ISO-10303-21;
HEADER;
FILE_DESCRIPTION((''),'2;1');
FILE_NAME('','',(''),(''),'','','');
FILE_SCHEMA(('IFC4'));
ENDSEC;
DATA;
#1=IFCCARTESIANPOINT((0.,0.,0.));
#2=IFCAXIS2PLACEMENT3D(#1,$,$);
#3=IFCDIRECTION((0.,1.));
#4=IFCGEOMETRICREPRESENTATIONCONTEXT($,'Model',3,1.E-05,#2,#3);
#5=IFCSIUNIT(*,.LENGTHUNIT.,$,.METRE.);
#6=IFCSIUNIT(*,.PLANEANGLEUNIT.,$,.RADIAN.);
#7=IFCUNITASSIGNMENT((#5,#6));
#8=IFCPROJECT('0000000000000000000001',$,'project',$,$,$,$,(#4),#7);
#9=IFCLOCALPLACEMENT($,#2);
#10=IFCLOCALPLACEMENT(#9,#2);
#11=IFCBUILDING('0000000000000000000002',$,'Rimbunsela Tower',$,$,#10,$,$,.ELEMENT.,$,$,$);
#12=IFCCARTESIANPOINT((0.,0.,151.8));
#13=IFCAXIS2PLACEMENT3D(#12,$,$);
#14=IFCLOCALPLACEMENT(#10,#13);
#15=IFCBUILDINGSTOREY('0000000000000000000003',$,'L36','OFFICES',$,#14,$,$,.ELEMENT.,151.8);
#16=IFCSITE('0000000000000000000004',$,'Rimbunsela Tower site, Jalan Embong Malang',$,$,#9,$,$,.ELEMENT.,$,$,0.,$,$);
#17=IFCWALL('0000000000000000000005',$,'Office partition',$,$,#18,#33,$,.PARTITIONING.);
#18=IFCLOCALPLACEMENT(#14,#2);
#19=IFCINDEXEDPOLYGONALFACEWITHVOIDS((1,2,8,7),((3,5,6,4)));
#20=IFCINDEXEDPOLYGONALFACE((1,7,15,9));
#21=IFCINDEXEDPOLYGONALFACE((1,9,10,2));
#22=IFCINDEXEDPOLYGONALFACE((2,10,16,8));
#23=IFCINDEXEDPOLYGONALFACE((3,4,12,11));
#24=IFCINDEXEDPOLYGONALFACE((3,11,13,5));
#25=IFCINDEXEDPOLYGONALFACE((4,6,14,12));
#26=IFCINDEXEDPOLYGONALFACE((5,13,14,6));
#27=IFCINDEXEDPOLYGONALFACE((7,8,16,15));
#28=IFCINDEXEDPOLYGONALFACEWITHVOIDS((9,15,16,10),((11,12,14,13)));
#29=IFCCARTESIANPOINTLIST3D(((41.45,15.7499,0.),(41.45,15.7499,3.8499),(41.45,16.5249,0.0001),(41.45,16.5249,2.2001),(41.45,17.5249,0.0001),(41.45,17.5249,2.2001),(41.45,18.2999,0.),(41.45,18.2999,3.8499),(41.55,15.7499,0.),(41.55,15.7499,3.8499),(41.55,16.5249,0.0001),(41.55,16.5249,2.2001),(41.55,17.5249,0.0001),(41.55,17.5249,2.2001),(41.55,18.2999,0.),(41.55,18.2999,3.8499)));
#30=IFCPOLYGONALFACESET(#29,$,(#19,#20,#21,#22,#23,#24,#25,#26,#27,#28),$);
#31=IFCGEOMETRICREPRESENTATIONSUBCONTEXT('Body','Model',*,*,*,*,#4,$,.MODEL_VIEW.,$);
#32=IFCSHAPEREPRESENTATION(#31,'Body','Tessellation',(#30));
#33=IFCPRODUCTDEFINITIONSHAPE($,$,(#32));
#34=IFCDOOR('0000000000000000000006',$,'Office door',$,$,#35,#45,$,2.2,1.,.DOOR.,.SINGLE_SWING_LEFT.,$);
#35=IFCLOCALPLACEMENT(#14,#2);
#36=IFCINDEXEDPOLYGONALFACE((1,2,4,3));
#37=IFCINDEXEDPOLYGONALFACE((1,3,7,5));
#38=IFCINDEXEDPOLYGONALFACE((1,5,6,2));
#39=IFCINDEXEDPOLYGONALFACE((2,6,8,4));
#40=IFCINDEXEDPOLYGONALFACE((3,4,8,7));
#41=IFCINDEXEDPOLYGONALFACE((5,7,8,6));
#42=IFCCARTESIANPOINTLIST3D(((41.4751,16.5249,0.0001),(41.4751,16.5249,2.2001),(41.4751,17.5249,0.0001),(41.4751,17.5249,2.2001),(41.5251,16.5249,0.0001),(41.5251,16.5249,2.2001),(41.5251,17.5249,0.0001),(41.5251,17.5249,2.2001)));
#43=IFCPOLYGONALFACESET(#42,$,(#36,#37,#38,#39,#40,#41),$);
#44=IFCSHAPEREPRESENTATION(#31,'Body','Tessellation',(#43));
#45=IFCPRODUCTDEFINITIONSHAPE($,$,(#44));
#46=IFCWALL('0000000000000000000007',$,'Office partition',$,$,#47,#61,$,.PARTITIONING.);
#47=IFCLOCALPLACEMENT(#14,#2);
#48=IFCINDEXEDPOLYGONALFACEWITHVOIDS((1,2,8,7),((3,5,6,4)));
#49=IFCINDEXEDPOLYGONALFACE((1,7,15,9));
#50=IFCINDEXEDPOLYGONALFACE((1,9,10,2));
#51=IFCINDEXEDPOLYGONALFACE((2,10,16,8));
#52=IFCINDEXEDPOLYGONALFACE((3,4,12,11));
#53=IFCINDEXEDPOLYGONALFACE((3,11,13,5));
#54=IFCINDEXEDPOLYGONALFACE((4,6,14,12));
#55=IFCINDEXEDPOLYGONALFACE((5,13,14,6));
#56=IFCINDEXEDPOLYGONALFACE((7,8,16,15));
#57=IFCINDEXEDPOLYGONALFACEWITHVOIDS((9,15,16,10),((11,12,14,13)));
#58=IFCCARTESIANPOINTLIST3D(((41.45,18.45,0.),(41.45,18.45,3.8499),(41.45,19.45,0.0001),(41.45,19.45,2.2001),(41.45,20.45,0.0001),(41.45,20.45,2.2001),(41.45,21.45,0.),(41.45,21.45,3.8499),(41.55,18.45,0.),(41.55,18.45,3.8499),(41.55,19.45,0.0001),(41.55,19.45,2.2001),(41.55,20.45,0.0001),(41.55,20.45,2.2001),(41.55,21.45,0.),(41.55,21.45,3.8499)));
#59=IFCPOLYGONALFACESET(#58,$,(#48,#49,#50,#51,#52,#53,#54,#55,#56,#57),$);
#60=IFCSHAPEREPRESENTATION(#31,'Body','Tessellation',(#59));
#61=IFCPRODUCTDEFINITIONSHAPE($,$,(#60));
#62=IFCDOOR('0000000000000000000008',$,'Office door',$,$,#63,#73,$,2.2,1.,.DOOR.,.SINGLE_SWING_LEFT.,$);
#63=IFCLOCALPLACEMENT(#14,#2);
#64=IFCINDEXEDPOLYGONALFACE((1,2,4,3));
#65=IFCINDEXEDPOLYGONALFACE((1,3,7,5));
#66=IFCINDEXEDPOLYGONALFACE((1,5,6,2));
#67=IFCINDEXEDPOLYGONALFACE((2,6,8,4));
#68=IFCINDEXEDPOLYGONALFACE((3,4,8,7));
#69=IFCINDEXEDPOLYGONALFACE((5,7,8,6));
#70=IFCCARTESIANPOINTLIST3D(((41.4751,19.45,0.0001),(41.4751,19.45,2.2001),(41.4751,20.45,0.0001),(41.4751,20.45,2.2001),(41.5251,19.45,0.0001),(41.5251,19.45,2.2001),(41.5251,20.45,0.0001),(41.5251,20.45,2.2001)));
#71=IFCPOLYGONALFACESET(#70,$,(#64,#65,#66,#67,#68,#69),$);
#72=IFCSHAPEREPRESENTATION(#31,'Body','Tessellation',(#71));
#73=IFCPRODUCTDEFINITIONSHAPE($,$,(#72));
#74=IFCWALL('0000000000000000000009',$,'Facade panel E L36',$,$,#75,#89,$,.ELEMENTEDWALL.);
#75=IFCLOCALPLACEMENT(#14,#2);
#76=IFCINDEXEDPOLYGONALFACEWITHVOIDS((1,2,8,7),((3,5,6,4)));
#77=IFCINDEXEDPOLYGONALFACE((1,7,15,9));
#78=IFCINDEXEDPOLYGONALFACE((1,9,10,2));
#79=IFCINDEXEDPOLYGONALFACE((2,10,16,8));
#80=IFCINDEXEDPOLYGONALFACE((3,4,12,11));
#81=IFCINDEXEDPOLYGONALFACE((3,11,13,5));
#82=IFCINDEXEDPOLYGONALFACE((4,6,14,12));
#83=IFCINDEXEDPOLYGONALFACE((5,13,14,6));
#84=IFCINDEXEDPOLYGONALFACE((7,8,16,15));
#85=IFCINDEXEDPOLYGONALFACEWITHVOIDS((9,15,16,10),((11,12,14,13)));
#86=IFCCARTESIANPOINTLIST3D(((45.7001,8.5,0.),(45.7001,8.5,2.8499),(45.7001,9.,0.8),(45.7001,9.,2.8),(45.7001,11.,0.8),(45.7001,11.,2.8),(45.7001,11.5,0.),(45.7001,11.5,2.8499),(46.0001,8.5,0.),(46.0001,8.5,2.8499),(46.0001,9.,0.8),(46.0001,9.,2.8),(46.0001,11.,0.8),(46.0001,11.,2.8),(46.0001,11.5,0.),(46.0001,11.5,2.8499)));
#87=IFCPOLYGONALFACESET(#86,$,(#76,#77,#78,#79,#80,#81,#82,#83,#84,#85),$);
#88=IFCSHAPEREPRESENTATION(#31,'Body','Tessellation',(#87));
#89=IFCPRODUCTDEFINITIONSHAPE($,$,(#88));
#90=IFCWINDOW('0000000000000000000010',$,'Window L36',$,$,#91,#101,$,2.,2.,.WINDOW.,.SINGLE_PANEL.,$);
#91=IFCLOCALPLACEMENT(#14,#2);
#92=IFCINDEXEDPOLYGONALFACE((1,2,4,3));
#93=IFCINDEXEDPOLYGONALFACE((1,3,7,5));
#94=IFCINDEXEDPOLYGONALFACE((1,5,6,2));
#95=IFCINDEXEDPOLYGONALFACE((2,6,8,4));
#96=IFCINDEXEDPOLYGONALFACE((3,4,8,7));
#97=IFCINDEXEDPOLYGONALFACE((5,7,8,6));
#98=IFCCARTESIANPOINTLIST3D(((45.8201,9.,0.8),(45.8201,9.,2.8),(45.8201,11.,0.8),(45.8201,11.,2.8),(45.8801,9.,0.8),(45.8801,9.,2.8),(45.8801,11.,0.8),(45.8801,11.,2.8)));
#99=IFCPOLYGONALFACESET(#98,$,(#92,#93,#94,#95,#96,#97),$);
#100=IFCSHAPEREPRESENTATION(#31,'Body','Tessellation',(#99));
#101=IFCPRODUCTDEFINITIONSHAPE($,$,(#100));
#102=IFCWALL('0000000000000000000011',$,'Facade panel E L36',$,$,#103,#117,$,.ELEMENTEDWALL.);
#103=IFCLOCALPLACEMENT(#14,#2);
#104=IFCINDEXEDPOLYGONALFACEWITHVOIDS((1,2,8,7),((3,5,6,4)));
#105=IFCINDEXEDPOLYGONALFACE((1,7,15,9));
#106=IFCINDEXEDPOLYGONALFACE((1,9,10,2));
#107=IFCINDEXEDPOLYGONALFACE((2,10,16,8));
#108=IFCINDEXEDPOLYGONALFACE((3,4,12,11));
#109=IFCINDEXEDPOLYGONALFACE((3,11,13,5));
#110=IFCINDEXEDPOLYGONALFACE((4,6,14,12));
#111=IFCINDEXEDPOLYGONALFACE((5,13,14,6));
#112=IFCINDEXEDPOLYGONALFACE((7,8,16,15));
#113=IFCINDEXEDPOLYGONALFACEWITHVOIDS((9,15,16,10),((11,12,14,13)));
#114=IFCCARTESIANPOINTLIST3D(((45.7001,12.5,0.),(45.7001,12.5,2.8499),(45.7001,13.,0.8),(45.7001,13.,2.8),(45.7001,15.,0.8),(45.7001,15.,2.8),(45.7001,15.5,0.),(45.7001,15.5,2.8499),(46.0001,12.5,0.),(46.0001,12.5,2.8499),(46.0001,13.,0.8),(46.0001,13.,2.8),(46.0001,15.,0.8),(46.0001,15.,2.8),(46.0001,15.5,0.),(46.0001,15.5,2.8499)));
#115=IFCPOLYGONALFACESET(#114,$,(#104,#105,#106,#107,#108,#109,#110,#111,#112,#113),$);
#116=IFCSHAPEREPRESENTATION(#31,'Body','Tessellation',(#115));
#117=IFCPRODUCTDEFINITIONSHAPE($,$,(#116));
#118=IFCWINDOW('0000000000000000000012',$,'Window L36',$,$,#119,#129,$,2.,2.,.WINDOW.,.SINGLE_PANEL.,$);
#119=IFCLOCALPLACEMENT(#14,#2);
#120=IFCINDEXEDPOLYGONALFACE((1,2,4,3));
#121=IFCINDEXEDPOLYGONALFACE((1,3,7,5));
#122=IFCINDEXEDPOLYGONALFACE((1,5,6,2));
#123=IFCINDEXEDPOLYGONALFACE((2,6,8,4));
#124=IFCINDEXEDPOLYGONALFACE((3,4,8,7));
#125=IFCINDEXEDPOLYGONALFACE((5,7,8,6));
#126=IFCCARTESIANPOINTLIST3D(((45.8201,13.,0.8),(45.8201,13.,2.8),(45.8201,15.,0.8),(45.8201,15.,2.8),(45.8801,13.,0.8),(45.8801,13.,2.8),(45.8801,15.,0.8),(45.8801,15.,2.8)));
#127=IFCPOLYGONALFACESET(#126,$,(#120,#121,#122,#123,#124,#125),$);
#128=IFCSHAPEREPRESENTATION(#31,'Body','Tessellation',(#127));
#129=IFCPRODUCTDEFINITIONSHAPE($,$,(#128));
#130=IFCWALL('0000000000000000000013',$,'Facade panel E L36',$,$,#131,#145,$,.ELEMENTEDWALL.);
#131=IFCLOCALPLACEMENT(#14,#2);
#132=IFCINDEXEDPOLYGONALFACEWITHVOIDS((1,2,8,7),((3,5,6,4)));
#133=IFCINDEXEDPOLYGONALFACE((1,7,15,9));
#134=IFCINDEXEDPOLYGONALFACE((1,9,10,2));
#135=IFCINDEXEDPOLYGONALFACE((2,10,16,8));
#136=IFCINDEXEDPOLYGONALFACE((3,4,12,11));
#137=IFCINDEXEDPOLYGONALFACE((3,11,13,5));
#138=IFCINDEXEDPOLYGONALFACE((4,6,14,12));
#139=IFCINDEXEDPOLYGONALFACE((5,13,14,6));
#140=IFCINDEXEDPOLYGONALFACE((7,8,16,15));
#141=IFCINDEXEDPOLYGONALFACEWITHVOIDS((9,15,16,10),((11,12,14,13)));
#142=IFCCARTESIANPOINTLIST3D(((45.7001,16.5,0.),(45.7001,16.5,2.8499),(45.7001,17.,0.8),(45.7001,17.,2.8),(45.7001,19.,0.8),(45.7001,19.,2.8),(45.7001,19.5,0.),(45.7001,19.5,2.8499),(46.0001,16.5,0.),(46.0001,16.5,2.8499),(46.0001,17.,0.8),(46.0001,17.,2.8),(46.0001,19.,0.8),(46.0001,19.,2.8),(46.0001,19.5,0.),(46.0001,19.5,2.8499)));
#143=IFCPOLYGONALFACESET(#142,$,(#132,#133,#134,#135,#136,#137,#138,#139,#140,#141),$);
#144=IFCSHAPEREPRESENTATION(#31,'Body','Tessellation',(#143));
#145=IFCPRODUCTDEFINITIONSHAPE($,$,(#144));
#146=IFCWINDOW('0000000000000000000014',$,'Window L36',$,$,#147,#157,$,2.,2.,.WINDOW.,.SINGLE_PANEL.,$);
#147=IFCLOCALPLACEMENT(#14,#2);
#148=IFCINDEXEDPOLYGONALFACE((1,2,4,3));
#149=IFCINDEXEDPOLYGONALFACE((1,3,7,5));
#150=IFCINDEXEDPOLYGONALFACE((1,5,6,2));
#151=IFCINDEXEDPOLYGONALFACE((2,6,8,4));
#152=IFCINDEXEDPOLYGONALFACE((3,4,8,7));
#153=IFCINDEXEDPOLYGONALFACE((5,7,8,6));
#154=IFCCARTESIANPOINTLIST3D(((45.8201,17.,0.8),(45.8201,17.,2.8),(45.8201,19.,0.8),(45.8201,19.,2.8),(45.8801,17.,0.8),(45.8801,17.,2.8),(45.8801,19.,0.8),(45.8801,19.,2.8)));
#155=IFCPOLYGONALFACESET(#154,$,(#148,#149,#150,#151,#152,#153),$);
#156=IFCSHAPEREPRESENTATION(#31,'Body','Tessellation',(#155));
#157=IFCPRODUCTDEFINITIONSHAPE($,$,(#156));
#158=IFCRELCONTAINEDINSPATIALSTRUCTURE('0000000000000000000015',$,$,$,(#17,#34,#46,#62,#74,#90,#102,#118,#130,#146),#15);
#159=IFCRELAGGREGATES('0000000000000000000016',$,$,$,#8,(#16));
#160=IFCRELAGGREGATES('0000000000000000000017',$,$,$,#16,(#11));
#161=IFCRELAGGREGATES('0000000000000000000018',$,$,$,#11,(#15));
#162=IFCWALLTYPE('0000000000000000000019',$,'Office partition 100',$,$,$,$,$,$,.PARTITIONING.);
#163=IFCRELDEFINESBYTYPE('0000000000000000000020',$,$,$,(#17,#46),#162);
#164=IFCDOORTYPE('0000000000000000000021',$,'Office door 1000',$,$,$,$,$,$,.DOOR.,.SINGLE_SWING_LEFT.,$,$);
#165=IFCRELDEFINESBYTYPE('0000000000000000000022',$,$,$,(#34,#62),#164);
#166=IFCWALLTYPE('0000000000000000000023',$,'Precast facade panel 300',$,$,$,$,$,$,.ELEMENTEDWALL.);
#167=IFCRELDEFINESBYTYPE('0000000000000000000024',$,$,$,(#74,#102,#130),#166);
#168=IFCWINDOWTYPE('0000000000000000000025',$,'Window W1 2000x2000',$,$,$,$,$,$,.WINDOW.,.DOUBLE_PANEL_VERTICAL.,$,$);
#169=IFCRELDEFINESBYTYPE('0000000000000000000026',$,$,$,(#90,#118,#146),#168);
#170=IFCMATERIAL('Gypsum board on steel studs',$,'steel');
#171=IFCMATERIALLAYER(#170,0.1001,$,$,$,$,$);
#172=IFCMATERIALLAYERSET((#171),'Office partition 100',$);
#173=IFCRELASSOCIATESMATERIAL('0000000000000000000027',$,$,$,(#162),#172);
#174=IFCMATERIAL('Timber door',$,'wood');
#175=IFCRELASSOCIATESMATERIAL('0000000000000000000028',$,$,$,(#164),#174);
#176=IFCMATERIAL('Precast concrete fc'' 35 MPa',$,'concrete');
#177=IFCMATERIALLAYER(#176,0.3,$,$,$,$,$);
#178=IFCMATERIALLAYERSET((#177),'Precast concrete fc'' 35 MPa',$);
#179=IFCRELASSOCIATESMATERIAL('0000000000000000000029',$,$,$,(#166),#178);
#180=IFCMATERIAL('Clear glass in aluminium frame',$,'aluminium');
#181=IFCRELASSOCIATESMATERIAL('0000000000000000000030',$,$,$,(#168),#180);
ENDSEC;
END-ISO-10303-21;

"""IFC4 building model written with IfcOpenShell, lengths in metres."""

from ifc_helpers import new_model, si_unit, direction, frame, frame_2d, origin, place, context, subcontext, project, spatial, rectangle, extrude, material, layer, layer_set, type_object, element, fill, save


model = new_model("IFC4")

# Units and contexts
model_context = context("Model", 3, precision=1e-05, world=origin(), true_north=direction((0.0, 1.0)))
body_context = subcontext(model_context, "Body", "Model", "MODEL_VIEW")
ifc_project = project(units=[si_unit("LENGTHUNIT", "METRE"), si_unit("PLANEANGLEUNIT", "RADIAN")], contexts=[model_context])

# Site, building, storey
site_placement = place(None, origin())
site = spatial("IfcSite", under=ifc_project, at=site_placement, Name="Rimbunsela Tower site, Jalan Embong Malang", CompositionType="ELEMENT", RefElevation=0.0)
building_placement = place(site_placement, origin())
building = spatial("IfcBuilding", under=site, at=building_placement, Name="Rimbunsela Tower", CompositionType="ELEMENT")
storey_placement = place(building_placement, frame((0.0, 0.0, 151.8)))
storey = spatial("IfcBuildingStorey", under=building, at=storey_placement, Name="L36", Description="OFFICES", CompositionType="ELEMENT", Elevation=151.8)

# Shared definitions
ifc_material_1 = material(Name="Gypsum board on steel studs", Category="steel")
ifc_layer_1 = layer(ifc_material_1, 0.1001)
ifc_layer_set_1 = layer_set([ifc_layer_1], Name="Office partition 100")
wall_type_1 = type_object("IfcWallType", Name="Office partition 100", PredefinedType="PARTITIONING", material=ifc_layer_set_1)

# Walls, openings, doors
wall_1_placement = place(storey_placement, frame((41.5, 15.75, 0.0), z_axis=(0.0, 0.0, 1.0), x_axis=(0.0, 1.0, 0.0)))
wall_1 = element("IfcWall", 1, at=wall_1_placement, inside=storey, type_object=wall_type_1, Name="Office partition", PredefinedType="PARTITIONING", context=body_context, shape_type="SweptSolid", body=[
    extrude(rectangle(XDim=2.55, YDim=0.1001, at=frame_2d((1.2749, 0.0))), origin(), (0.0, 0.0, 1.0), 3.8499),
])
opening_1_placement = place(wall_1_placement, frame((0.7749, 0.0, 0.0)))
opening_1 = element("IfcOpeningElement", 2, at=opening_1_placement, cuts=wall_1, PredefinedType="OPENING", context=body_context, shape_type="SweptSolid", body=[
    extrude(rectangle(XDim=1.0, YDim=2.2, at=frame_2d((0.5, 1.1001))), frame((0.0, 0.0601, 0.0), z_axis=(0.0, -1.0, 0.0), x_axis=(1.0, 0.0, 0.0)), (0.0, 0.0, 1.0), 0.1201),
])
ifc_material_2 = material(Name="Timber door", Category="wood")
door_type_1 = type_object("IfcDoorType", Name="Office door 1000", OperationType="SINGLE_SWING_LEFT", PredefinedType="DOOR", material=ifc_material_2)
door_1_placement = place(opening_1_placement, origin())
door_1 = element("IfcDoor", 3, at=door_1_placement, inside=storey, type_object=door_type_1, Name="Office door", OperationType="SINGLE_SWING_LEFT", OverallHeight=2.2, OverallWidth=1.0, PredefinedType="DOOR", context=body_context, shape_type="SweptSolid", body=[
    extrude(rectangle(XDim=1.0, YDim=2.2, at=frame_2d((0.5, 1.1001))), frame((0.0, 0.0249, 0.0), z_axis=(0.0, -1.0, 0.0), x_axis=(1.0, 0.0, 0.0)), (0.0, 0.0, 1.0), 0.05),
])
fill(opening_1, door_1)
wall_2_placement = place(storey_placement, frame((41.5, 18.45, 0.0), z_axis=(0.0, 0.0, 1.0), x_axis=(0.0, 1.0, 0.0)))
wall_2 = element("IfcWall", 4, at=wall_2_placement, inside=storey, type_object=wall_type_1, Name="Office partition", PredefinedType="PARTITIONING", context=body_context, shape_type="SweptSolid", body=[
    extrude(rectangle(XDim=3.0, YDim=0.1001, at=frame_2d((1.5, 0.0))), origin(), (0.0, 0.0, 1.0), 3.8499),
])
opening_2_placement = place(wall_2_placement, frame((1.0, 0.0, 0.0)))
opening_2 = element("IfcOpeningElement", 5, at=opening_2_placement, cuts=wall_2, PredefinedType="OPENING", context=body_context, shape_type="SweptSolid", body=[
    extrude(rectangle(XDim=1.0, YDim=2.2, at=frame_2d((0.5, 1.1001))), frame((0.0, 0.0601, 0.0), z_axis=(0.0, -1.0, 0.0), x_axis=(1.0, 0.0, 0.0)), (0.0, 0.0, 1.0), 0.1201),
])
door_2_placement = place(opening_2_placement, origin())
door_2 = element("IfcDoor", 6, at=door_2_placement, inside=storey, type_object=door_type_1, Name="Office door", OperationType="SINGLE_SWING_LEFT", OverallHeight=2.2, OverallWidth=1.0, PredefinedType="DOOR", context=body_context, shape_type="SweptSolid", body=[
    extrude(rectangle(XDim=1.0, YDim=2.2, at=frame_2d((0.5, 1.1001))), frame((0.0, 0.0249, 0.0), z_axis=(0.0, -1.0, 0.0), x_axis=(1.0, 0.0, 0.0)), (0.0, 0.0, 1.0), 0.05),
])
fill(opening_2, door_2)

# Walls, openings, windows
ifc_material_3 = material(Name="Precast concrete fc' 35 MPa", Category="concrete")
ifc_layer_2 = layer(ifc_material_3, 0.3)
ifc_layer_set_2 = layer_set([ifc_layer_2], Name="Precast concrete fc' 35 MPa")
wall_type_2 = type_object("IfcWallType", Name="Precast facade panel 300", PredefinedType="ELEMENTEDWALL", material=ifc_layer_set_2)
wall_3_placement = place(storey_placement, frame((45.8501, 8.5, 0.0), z_axis=(0.0, 0.0, 1.0), x_axis=(0.0, 1.0, 0.0)))
wall_3 = element("IfcWall", 7, at=wall_3_placement, inside=storey, type_object=wall_type_2, Name="Facade panel E L36", PredefinedType="ELEMENTEDWALL", context=body_context, shape_type="SweptSolid", body=[
    extrude(rectangle(XDim=3.0, YDim=0.3, at=frame_2d((1.5, 0.0))), origin(), (0.0, 0.0, 1.0), 2.8499),
])
opening_3_placement = place(wall_3_placement, frame((0.5, 0.0, 0.8)))
opening_3 = element("IfcOpeningElement", 8, at=opening_3_placement, cuts=wall_3, PredefinedType="OPENING", context=body_context, shape_type="SweptSolid", body=[
    extrude(rectangle(XDim=2.0, YDim=2.0, at=frame_2d((1.0, 1.0))), frame((0.0, 0.1599, 0.0), z_axis=(0.0, -1.0, 0.0), x_axis=(1.0, 0.0, 0.0)), (0.0, 0.0, 1.0), 0.3201),
])
ifc_material_4 = material(Name="Clear glass in aluminium frame", Category="aluminium")
window_type = type_object("IfcWindowType", Name="Window W1 2000x2000", PartitioningType="DOUBLE_PANEL_VERTICAL", PredefinedType="WINDOW", material=ifc_material_4)
window_1_placement = place(opening_3_placement, origin())
window_1 = element("IfcWindow", 9, at=window_1_placement, inside=storey, type_object=window_type, Name="Window L36", OverallHeight=2.0, OverallWidth=2.0, PartitioningType="SINGLE_PANEL", PredefinedType="WINDOW", context=body_context, shape_type="SweptSolid", body=[
    extrude(rectangle(XDim=2.0, YDim=2.0, at=frame_2d((1.0, 1.0))), frame((0.0, 0.03, 0.0), z_axis=(0.0, -1.0, 0.0), x_axis=(1.0, 0.0, 0.0)), (0.0, 0.0, 1.0), 0.0601),
])
fill(opening_3, window_1)
wall_4_placement = place(storey_placement, frame((45.8501, 12.5, 0.0), z_axis=(0.0, 0.0, 1.0), x_axis=(0.0, 1.0, 0.0)))
wall_4 = element("IfcWall", 10, at=wall_4_placement, inside=storey, type_object=wall_type_2, Name="Facade panel E L36", PredefinedType="ELEMENTEDWALL", context=body_context, shape_type="SweptSolid", body=[
    extrude(rectangle(XDim=3.0, YDim=0.3, at=frame_2d((1.5, 0.0))), origin(), (0.0, 0.0, 1.0), 2.8499),
])
opening_4_placement = place(wall_4_placement, frame((0.5, 0.0, 0.8)))
opening_4 = element("IfcOpeningElement", 11, at=opening_4_placement, cuts=wall_4, PredefinedType="OPENING", context=body_context, shape_type="SweptSolid", body=[
    extrude(rectangle(XDim=2.0, YDim=2.0, at=frame_2d((1.0, 1.0))), frame((0.0, 0.1599, 0.0), z_axis=(0.0, -1.0, 0.0), x_axis=(1.0, 0.0, 0.0)), (0.0, 0.0, 1.0), 0.3201),
])
window_2_placement = place(opening_4_placement, origin())
window_2 = element("IfcWindow", 12, at=window_2_placement, inside=storey, type_object=window_type, Name="Window L36", OverallHeight=2.0, OverallWidth=2.0, PartitioningType="SINGLE_PANEL", PredefinedType="WINDOW", context=body_context, shape_type="SweptSolid", body=[
    extrude(rectangle(XDim=2.0, YDim=2.0, at=frame_2d((1.0, 1.0))), frame((0.0, 0.03, 0.0), z_axis=(0.0, -1.0, 0.0), x_axis=(1.0, 0.0, 0.0)), (0.0, 0.0, 1.0), 0.0601),
])
fill(opening_4, window_2)
wall_5_placement = place(storey_placement, frame((45.8501, 16.5, 0.0), z_axis=(0.0, 0.0, 1.0), x_axis=(0.0, 1.0, 0.0)))
wall_5 = element("IfcWall", 13, at=wall_5_placement, inside=storey, type_object=wall_type_2, Name="Facade panel E L36", PredefinedType="ELEMENTEDWALL", context=body_context, shape_type="SweptSolid", body=[
    extrude(rectangle(XDim=3.0, YDim=0.3, at=frame_2d((1.5, 0.0))), origin(), (0.0, 0.0, 1.0), 2.8499),
])
opening_5_placement = place(wall_5_placement, frame((0.5, 0.0, 0.8)))
opening_5 = element("IfcOpeningElement", 14, at=opening_5_placement, cuts=wall_5, PredefinedType="OPENING", context=body_context, shape_type="SweptSolid", body=[
    extrude(rectangle(XDim=2.0, YDim=2.0, at=frame_2d((1.0, 1.0))), frame((0.0, 0.1599, 0.0), z_axis=(0.0, -1.0, 0.0), x_axis=(1.0, 0.0, 0.0)), (0.0, 0.0, 1.0), 0.3201),
])
window_3_placement = place(opening_5_placement, origin())
window_3 = element("IfcWindow", 15, at=window_3_placement, inside=storey, type_object=window_type, Name="Window L36", OverallHeight=2.0, OverallWidth=2.0, PartitioningType="SINGLE_PANEL", PredefinedType="WINDOW", context=body_context, shape_type="SweptSolid", body=[
    extrude(rectangle(XDim=2.0, YDim=2.0, at=frame_2d((1.0, 1.0))), frame((0.0, 0.03, 0.0), z_axis=(0.0, -1.0, 0.0), x_axis=(1.0, 0.0, 0.0)), (0.0, 0.0, 1.0), 0.0601),
])
fill(opening_5, window_3)

save(model, "model.ifc")
